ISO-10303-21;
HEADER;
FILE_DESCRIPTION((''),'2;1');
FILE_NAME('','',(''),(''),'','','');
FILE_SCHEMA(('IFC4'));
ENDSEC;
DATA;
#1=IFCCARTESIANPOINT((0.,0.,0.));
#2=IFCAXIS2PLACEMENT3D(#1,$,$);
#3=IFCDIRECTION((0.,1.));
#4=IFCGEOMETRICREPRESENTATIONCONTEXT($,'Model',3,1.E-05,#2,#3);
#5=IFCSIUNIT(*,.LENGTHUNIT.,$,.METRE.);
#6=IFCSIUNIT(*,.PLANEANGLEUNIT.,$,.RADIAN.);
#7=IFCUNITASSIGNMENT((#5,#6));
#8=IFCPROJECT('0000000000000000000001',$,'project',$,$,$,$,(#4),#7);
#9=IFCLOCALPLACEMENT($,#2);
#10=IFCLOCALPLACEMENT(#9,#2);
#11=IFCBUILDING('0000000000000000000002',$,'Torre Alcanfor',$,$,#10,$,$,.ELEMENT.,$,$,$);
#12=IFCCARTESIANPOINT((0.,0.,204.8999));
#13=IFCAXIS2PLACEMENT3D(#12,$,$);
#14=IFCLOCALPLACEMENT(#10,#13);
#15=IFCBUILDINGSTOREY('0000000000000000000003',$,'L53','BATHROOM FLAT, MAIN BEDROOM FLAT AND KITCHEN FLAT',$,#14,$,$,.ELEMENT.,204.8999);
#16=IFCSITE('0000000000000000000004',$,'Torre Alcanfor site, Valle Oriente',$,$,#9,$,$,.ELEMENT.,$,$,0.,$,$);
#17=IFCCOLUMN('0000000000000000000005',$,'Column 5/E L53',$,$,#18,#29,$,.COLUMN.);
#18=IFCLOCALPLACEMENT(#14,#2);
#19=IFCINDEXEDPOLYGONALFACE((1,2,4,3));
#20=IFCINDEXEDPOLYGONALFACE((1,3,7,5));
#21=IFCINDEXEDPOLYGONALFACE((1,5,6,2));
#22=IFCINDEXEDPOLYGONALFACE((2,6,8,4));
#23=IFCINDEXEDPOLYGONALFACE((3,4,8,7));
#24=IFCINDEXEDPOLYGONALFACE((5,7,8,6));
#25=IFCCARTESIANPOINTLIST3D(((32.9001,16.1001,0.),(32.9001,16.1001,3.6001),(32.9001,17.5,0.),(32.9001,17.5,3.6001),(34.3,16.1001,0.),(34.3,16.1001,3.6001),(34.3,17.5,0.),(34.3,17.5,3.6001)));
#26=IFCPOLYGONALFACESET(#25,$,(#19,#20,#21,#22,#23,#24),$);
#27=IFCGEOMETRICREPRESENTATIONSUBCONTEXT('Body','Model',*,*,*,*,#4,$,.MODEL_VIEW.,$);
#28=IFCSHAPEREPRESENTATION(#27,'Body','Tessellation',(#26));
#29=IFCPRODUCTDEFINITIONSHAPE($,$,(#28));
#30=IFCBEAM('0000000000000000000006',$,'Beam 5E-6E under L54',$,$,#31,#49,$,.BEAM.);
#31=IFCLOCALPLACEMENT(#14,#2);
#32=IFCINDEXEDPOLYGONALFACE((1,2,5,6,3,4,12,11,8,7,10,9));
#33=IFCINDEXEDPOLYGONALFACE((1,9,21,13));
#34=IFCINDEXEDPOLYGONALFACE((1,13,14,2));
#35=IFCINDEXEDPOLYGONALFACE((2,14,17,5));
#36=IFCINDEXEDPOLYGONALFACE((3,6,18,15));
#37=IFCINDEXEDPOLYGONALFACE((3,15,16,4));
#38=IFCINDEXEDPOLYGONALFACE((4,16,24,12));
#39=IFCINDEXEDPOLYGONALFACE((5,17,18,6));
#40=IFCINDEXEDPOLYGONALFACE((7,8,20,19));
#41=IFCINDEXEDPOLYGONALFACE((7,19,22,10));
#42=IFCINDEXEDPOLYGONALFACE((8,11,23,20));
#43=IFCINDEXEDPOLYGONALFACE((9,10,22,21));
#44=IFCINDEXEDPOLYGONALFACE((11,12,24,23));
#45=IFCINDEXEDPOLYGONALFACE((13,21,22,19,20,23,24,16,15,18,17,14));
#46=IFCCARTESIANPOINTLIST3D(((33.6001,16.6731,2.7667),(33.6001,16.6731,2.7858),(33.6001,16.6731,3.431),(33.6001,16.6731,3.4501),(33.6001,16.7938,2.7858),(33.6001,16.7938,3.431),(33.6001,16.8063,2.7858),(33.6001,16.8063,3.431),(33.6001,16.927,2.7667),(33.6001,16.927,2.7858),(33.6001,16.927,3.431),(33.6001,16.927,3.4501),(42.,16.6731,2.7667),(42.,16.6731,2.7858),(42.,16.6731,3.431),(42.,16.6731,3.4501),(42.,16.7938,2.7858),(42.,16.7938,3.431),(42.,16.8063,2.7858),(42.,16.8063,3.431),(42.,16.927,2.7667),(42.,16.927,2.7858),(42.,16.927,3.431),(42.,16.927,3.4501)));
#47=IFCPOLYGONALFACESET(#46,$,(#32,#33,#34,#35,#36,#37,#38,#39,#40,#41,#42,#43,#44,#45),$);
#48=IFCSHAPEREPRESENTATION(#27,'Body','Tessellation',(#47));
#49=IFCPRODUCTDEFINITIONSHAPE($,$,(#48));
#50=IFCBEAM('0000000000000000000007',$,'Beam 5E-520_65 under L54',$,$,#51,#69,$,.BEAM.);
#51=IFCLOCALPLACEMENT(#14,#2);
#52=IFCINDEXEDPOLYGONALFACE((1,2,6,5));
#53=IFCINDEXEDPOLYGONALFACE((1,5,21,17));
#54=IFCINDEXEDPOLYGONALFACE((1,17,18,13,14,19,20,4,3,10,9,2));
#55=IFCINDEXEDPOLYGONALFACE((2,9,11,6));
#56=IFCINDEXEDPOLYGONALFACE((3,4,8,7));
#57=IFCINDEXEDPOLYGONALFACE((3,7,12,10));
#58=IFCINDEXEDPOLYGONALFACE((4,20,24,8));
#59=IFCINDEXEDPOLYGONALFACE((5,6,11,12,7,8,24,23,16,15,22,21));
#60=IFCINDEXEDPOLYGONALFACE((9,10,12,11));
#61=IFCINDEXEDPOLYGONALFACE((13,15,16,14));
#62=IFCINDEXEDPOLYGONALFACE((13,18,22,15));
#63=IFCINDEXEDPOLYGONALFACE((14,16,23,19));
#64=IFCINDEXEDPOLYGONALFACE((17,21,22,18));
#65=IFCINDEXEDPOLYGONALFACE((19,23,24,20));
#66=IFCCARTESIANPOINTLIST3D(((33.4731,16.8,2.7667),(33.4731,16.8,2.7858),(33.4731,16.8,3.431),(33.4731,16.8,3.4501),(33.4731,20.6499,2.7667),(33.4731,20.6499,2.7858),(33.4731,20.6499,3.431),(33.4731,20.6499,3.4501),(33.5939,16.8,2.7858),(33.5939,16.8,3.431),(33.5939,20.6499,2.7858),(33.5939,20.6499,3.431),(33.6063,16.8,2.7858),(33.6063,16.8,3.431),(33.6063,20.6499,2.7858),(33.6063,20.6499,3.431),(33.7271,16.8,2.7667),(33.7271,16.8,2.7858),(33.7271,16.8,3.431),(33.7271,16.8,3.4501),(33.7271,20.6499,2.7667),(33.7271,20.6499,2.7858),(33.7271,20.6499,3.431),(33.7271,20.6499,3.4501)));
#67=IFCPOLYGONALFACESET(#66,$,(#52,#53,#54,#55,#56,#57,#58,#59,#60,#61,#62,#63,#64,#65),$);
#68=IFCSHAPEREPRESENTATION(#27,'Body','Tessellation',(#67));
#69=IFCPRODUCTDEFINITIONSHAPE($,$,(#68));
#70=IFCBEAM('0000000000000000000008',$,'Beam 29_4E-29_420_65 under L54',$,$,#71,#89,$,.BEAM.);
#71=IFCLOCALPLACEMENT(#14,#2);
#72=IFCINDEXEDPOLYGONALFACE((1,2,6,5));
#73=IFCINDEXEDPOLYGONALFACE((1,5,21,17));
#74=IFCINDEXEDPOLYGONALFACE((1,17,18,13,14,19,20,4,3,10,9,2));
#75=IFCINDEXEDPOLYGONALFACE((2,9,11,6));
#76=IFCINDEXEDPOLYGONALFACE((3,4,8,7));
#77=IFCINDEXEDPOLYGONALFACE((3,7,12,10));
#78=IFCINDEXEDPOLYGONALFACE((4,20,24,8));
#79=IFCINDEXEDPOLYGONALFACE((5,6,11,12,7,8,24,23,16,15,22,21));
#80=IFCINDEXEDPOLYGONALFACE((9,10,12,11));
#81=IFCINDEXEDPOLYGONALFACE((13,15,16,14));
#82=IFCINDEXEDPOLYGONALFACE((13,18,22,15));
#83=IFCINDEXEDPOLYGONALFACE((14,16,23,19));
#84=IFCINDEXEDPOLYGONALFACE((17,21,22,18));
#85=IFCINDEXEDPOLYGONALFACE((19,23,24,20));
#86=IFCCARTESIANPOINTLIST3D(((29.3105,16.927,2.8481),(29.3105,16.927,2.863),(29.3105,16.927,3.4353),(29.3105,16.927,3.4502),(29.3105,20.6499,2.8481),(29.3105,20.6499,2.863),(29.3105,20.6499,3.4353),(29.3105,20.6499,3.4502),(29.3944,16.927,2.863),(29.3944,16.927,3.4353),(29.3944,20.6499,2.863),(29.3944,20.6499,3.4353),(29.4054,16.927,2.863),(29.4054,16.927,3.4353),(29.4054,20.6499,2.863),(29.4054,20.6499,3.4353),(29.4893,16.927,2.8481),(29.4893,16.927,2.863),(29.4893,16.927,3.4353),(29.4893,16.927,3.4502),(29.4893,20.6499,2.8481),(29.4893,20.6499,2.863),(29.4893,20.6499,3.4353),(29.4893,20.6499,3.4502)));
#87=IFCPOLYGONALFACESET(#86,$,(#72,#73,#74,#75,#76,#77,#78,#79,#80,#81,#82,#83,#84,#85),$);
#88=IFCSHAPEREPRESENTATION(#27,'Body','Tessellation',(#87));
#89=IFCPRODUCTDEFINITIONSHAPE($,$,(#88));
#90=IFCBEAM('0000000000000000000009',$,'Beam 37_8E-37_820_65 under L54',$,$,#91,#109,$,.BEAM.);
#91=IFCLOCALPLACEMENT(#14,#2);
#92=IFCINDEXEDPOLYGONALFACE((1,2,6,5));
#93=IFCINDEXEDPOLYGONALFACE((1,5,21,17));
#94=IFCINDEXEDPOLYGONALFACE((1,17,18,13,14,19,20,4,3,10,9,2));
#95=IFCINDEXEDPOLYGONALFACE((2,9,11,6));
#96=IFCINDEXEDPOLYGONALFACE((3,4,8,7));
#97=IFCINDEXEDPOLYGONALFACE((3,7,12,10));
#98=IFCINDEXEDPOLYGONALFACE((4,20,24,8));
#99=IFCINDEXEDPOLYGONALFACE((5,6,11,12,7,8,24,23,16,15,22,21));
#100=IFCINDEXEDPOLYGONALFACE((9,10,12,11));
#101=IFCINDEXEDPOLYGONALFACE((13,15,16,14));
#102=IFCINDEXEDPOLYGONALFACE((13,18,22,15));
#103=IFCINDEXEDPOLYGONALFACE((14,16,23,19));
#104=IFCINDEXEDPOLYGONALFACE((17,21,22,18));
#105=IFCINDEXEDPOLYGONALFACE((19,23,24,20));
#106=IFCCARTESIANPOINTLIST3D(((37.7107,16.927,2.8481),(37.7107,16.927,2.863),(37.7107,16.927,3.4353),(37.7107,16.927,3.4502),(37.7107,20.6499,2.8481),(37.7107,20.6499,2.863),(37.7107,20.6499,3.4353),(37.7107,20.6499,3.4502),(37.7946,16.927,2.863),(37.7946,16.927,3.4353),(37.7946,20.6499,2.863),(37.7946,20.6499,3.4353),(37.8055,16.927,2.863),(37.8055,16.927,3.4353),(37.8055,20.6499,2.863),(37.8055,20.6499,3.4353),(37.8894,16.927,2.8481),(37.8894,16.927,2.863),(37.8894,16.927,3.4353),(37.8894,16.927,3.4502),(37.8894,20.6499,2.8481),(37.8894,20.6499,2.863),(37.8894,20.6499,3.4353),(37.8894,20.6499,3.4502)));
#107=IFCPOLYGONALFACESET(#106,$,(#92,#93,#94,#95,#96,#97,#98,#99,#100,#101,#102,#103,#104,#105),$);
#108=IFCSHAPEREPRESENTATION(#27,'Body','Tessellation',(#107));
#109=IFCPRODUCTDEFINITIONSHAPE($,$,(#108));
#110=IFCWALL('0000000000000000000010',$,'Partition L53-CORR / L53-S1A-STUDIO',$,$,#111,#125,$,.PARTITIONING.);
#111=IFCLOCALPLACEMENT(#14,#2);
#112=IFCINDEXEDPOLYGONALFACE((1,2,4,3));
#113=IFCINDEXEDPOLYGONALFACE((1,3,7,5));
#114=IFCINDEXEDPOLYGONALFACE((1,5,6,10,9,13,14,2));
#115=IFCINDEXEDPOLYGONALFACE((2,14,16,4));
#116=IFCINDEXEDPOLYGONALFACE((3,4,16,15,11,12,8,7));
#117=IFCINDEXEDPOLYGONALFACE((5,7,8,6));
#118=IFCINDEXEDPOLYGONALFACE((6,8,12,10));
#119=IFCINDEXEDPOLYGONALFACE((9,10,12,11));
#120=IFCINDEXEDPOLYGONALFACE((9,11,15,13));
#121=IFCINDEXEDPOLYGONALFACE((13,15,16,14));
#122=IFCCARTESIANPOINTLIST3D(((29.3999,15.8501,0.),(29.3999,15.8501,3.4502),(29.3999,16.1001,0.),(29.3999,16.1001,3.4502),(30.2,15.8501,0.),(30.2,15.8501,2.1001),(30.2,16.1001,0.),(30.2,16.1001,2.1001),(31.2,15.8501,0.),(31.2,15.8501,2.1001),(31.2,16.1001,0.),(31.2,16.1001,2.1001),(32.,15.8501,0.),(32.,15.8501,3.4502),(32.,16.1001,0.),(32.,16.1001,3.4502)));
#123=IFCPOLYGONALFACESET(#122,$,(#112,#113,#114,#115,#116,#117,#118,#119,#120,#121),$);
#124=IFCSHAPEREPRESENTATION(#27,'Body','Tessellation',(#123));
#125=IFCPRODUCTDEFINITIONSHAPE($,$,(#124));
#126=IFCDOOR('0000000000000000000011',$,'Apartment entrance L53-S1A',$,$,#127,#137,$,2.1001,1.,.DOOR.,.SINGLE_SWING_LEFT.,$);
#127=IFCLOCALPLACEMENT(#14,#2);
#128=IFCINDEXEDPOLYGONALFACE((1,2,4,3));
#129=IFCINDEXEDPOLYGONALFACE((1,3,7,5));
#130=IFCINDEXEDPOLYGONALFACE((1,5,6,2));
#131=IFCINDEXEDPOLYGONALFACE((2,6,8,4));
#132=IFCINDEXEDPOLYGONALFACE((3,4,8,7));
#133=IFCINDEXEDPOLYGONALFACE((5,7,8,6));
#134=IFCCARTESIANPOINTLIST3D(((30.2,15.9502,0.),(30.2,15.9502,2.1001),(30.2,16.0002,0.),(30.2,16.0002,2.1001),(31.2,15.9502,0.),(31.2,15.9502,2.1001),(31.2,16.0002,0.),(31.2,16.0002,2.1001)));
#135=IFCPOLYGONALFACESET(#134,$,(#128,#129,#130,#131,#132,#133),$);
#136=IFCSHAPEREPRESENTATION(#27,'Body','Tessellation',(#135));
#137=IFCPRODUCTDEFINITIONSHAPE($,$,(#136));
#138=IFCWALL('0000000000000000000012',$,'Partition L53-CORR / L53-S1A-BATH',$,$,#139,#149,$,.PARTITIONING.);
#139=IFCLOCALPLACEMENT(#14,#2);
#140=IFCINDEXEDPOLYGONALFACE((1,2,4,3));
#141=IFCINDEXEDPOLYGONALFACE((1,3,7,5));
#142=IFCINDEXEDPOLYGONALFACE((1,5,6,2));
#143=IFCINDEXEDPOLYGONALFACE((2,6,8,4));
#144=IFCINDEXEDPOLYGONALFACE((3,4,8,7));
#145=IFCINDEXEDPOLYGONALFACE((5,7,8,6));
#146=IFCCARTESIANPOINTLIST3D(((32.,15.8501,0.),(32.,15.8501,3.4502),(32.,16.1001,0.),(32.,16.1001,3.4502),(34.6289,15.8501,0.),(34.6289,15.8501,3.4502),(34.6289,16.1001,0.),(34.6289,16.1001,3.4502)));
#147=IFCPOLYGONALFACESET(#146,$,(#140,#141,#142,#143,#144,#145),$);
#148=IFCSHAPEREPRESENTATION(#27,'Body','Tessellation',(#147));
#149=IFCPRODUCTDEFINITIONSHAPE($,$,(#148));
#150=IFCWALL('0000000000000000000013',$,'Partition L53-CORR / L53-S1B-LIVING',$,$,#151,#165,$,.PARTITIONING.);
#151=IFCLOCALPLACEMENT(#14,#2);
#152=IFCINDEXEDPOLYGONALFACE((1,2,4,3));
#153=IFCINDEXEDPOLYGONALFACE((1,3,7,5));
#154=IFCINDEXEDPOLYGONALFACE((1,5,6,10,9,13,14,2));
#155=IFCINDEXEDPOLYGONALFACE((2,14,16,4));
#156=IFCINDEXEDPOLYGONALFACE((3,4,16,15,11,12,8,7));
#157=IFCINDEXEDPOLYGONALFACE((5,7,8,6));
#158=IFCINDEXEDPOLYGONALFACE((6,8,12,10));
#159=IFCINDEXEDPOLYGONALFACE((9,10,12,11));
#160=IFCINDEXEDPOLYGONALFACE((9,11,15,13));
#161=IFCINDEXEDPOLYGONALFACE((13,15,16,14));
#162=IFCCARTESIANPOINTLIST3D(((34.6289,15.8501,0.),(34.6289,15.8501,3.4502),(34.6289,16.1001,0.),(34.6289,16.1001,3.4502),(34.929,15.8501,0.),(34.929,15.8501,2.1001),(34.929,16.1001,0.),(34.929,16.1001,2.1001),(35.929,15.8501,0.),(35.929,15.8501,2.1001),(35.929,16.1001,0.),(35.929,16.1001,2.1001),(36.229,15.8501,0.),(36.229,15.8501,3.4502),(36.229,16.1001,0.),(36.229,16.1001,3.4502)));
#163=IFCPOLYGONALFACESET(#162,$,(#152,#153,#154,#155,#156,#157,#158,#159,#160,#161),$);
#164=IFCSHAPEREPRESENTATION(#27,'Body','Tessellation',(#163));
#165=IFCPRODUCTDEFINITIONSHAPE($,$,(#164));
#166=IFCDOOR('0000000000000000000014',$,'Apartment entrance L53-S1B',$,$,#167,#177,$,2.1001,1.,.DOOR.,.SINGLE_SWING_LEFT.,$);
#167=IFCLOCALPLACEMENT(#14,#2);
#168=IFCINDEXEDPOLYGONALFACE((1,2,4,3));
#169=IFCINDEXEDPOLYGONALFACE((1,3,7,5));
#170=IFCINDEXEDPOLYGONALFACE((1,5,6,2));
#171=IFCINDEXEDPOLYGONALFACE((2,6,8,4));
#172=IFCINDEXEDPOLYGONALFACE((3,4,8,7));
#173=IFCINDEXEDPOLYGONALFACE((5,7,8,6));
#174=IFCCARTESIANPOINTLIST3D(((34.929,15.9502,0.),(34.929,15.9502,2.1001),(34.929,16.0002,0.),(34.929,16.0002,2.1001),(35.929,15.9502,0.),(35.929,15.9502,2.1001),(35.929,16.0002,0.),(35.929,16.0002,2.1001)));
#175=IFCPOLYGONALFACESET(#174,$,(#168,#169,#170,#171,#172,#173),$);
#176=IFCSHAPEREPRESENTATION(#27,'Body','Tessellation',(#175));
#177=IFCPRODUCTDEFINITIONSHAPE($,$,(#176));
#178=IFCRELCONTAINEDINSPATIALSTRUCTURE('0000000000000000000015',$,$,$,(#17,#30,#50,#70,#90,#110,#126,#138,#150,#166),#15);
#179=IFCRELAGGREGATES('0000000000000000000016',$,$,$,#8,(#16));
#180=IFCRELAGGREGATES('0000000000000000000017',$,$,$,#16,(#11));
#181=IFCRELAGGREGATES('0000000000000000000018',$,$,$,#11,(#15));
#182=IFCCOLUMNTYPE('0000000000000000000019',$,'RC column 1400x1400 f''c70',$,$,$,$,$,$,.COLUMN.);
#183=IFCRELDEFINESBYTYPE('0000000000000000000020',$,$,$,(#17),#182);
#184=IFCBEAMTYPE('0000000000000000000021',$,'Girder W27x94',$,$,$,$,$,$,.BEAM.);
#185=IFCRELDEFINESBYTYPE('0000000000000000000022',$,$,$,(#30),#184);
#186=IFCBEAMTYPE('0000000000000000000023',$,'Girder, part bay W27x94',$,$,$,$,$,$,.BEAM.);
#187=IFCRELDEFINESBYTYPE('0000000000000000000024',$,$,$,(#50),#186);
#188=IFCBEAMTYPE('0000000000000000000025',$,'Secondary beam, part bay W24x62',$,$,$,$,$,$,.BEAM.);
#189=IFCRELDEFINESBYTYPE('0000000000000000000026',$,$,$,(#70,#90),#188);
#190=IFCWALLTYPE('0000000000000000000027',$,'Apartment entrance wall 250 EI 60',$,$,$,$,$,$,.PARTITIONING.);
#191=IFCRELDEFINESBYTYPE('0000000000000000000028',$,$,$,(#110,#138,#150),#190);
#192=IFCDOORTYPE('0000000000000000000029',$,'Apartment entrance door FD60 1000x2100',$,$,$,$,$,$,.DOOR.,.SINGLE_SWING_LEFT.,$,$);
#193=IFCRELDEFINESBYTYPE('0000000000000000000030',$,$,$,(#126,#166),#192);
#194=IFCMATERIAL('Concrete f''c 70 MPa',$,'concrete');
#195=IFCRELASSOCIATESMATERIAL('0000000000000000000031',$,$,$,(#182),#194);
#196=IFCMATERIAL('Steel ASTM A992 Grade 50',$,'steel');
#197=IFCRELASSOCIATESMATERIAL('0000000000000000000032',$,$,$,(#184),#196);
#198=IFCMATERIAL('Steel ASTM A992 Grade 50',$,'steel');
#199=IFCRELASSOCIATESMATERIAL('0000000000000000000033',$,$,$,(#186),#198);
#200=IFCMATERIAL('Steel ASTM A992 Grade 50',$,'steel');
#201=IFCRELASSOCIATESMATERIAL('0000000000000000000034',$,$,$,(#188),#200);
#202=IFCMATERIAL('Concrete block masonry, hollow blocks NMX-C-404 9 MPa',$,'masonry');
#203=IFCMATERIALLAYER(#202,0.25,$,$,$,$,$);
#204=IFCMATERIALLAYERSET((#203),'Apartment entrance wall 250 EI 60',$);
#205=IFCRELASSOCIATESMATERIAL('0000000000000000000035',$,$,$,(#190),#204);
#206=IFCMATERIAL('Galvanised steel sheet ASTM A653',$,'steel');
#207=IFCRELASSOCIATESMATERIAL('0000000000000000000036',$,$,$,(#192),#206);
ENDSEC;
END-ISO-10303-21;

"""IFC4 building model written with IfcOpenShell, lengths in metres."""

from ifc_helpers import new_model, si_unit, direction, frame, frame_2d, origin, origin_2d, place, context, subcontext, project, spatial, rectangle, i_section, extrude, material, layer, layer_set, material_profile, profile_set, type_object, element, fill, save


model = new_model("IFC4")

# Units and contexts
model_context = context("Model", 3, precision=1e-05, world=origin(), true_north=direction((0.0, 1.0)))
body_context = subcontext(model_context, "Body", "Model", "MODEL_VIEW")
ifc_project = project(units=[si_unit("LENGTHUNIT", "METRE"), si_unit("PLANEANGLEUNIT", "RADIAN")], contexts=[model_context])

# Site, building, storey
site_placement = place(None, origin())
site = spatial("IfcSite", under=ifc_project, at=site_placement, Name="Torre Alcanfor site, Valle Oriente", CompositionType="ELEMENT", RefElevation=0.0)
building_placement = place(site_placement, origin())
building = spatial("IfcBuilding", under=site, at=building_placement, Name="Torre Alcanfor", CompositionType="ELEMENT")
storey_placement = place(building_placement, frame((0.0, 0.0, 204.8999)))
storey = spatial("IfcBuildingStorey", under=building, at=storey_placement, Name="L53", Description="BATHROOM FLAT, MAIN BEDROOM FLAT AND KITCHEN FLAT", CompositionType="ELEMENT", Elevation=204.8999)

# Column
ifc_material_1 = material(Name="Concrete f'c 70 MPa", Category="concrete")
ifc_material_profile_1 = material_profile(ifc_material_1, rectangle(XDim=1.3999, YDim=1.3999, at=origin_2d()), Name="1400x1400")
ifc_profile_set_1 = profile_set([ifc_material_profile_1], Name="Concrete f'c 70 MPa")
column_type = type_object("IfcColumnType", Name="RC column 1400x1400 f'c70", PredefinedType="COLUMN", material=ifc_profile_set_1)
column_placement = place(storey_placement, frame((33.6001, 16.8, 0.0), z_axis=(0.0, 0.0, 1.0), x_axis=(1.0, 0.0, 0.0)))
element("IfcColumn", 1, at=column_placement, inside=storey, type_object=column_type, Name="Column 5/E L53", PredefinedType="COLUMN", context=body_context, shape_type="SweptSolid", body=[
    extrude(rectangle(XDim=1.3999, YDim=1.3999, at=origin_2d()), origin(), (0.0, 0.0, 1.0), 3.6001),
])

# Beams
ifc_material_2 = material(Name="Steel ASTM A992 Grade 50", Category="steel")
ifc_material_profile_2 = material_profile(ifc_material_2, i_section(OverallWidth=0.2539, OverallDepth=0.6833, WebThickness=0.0125, FlangeThickness=0.019, at=origin_2d()), Name="W27x94")
ifc_profile_set_2 = profile_set([ifc_material_profile_2], Name="Steel ASTM A992 Grade 50")
beam_type_1 = type_object("IfcBeamType", Name="Girder W27x94", PredefinedType="BEAM", material=ifc_profile_set_2)
beam_1_placement = place(storey_placement, frame((33.6001, 16.8, 3.1084), z_axis=(1.0, 0.0, 0.0), x_axis=(0.0, 1.0, 0.0)))
element("IfcBeam", 2, at=beam_1_placement, inside=storey, type_object=beam_type_1, Name="Beam 5E-6E under L54", PredefinedType="BEAM", context=body_context, shape_type="SweptSolid", body=[
    extrude(i_section(OverallWidth=0.2539, OverallDepth=0.6833, WebThickness=0.0125, FlangeThickness=0.019, at=origin_2d()), origin(), (0.0, 0.0, 1.0), 8.3999),
])
ifc_material_3 = material(Name="Steel ASTM A992 Grade 50", Category="steel")
ifc_material_profile_3 = material_profile(ifc_material_3, i_section(OverallWidth=0.2539, OverallDepth=0.6833, WebThickness=0.0125, FlangeThickness=0.019, at=origin_2d()), Name="W27x94")
ifc_profile_set_3 = profile_set([ifc_material_profile_3], Name="Steel ASTM A992 Grade 50")
beam_type_2 = type_object("IfcBeamType", Name="Girder, part bay W27x94", PredefinedType="BEAM", material=ifc_profile_set_3)
beam_2_placement = place(storey_placement, frame((33.6001, 16.8, 3.1084), z_axis=(0.0, 1.0, 0.0), x_axis=(-1.0, 0.0, 0.0)))
element("IfcBeam", 3, at=beam_2_placement, inside=storey, type_object=beam_type_2, Name="Beam 5E-520_65 under L54", PredefinedType="BEAM", context=body_context, shape_type="SweptSolid", body=[
    extrude(i_section(OverallWidth=0.2539, OverallDepth=0.6833, WebThickness=0.0125, FlangeThickness=0.019, at=origin_2d()), origin(), (0.0, 0.0, 1.0), 3.8499),
])
ifc_material_4 = material(Name="Steel ASTM A992 Grade 50", Category="steel")
ifc_material_profile_4 = material_profile(ifc_material_4, i_section(OverallWidth=0.1787, OverallDepth=0.6021, WebThickness=0.011, FlangeThickness=0.0149, at=origin_2d()), Name="W24x62")
ifc_profile_set_4 = profile_set([ifc_material_profile_4], Name="Steel ASTM A992 Grade 50")
beam_type_3 = type_object("IfcBeamType", Name="Secondary beam, part bay W24x62", PredefinedType="BEAM", material=ifc_profile_set_4)
for number, where, z_axis, x_axis, name in (
    (4, (29.3999, 16.927, 3.1492), (0.0, 1.0, 0.0), (-1.0, 0.0, 0.0), "Beam 29_4E-29_420_65 under L54"),
    (5, (37.8, 16.927, 3.1492), (0.0, 1.0, 0.0), (-1.0, 0.0, 0.0), "Beam 37_8E-37_820_65 under L54"),
):
    element("IfcBeam", number, at=place(storey_placement, frame(where, z_axis=z_axis, x_axis=x_axis)), inside=storey, type_object=beam_type_3, Name=name, PredefinedType="BEAM", context=body_context, shape_type="SweptSolid", body=[
        extrude(i_section(OverallWidth=0.1787, OverallDepth=0.6021, WebThickness=0.011, FlangeThickness=0.0149, at=origin_2d()), origin(), (0.0, 0.0, 1.0), 3.7229),
    ])

# Wall, opening, door
ifc_material_5 = material(Name="Concrete block masonry, hollow blocks NMX-C-404 9 MPa", Category="masonry")
ifc_layer_1 = layer(ifc_material_5, 0.25)
ifc_layer_set_1 = layer_set([ifc_layer_1], Name="Apartment entrance wall 250 EI 60")
wall_type_1 = type_object("IfcWallType", Name="Apartment entrance wall 250 EI 60", PredefinedType="PARTITIONING", material=ifc_layer_set_1)
wall_1_placement = place(storey_placement, frame((32.0, 15.9751, 0.0), z_axis=(0.0, 0.0, 1.0), x_axis=(-1.0, 0.0, 0.0)))
wall_1 = element("IfcWall", 6, at=wall_1_placement, inside=storey, type_object=wall_type_1, Name="Partition L53-CORR / L53-S1A-STUDIO", PredefinedType="PARTITIONING", context=body_context, shape_type="SweptSolid", body=[
    extrude(rectangle(XDim=2.6001, YDim=0.25, at=frame_2d((1.3, 0.0))), origin(), (0.0, 0.0, 1.0), 3.4502),
])
opening_1_placement = place(wall_1_placement, frame((0.8, 0.0, 0.0)))
opening_1 = element("IfcOpeningElement", 7, at=opening_1_placement, cuts=wall_1, PredefinedType="OPENING", context=body_context, shape_type="SweptSolid", body=[
    extrude(rectangle(XDim=1.0, YDim=2.1001, at=frame_2d((0.5, 1.05))), frame((0.0, 0.135, 0.0), z_axis=(0.0, -1.0, 0.0), x_axis=(1.0, 0.0, 0.0)), (0.0, 0.0, 1.0), 0.27),
])
ifc_material_6 = material(Name="Galvanised steel sheet ASTM A653", Category="steel")
door_type_1 = type_object("IfcDoorType", Name="Apartment entrance door FD60 1000x2100", OperationType="SINGLE_SWING_LEFT", PredefinedType="DOOR", material=ifc_material_6)
door_1_placement = place(opening_1_placement, origin())
door_1 = element("IfcDoor", 8, at=door_1_placement, inside=storey, type_object=door_type_1, Name="Apartment entrance L53-S1A", OperationType="SINGLE_SWING_LEFT", OverallHeight=2.1001, OverallWidth=1.0, PredefinedType="DOOR", context=body_context, shape_type="SweptSolid", body=[
    extrude(rectangle(XDim=1.0, YDim=2.1001, at=frame_2d((0.5, 1.05))), frame((0.0, 0.0249, 0.0), z_axis=(0.0, -1.0, 0.0), x_axis=(1.0, 0.0, 0.0)), (0.0, 0.0, 1.0), 0.05),
])
fill(opening_1, door_1)

# Wall
wall_2_placement = place(storey_placement, frame((34.6289, 15.9751, 0.0), z_axis=(0.0, 0.0, 1.0), x_axis=(-1.0, 0.0, 0.0)))
element("IfcWall", 9, at=wall_2_placement, inside=storey, type_object=wall_type_1, Name="Partition L53-CORR / L53-S1A-BATH", PredefinedType="PARTITIONING", context=body_context, shape_type="SweptSolid", body=[
    extrude(rectangle(XDim=2.6289, YDim=0.25, at=frame_2d((1.3145, 0.0))), origin(), (0.0, 0.0, 1.0), 3.4502),
])

# Wall, opening, door
wall_3_placement = place(storey_placement, frame((36.229, 15.9751, 0.0), z_axis=(0.0, 0.0, 1.0), x_axis=(-1.0, 0.0, 0.0)))
wall_3 = element("IfcWall", 10, at=wall_3_placement, inside=storey, type_object=wall_type_1, Name="Partition L53-CORR / L53-S1B-LIVING", PredefinedType="PARTITIONING", context=body_context, shape_type="SweptSolid", body=[
    extrude(rectangle(XDim=1.6001, YDim=0.25, at=frame_2d((0.8, 0.0))), origin(), (0.0, 0.0, 1.0), 3.4502),
])
opening_2_placement = place(wall_3_placement, frame((0.3, 0.0, 0.0)))
opening_2 = element("IfcOpeningElement", 11, at=opening_2_placement, cuts=wall_3, PredefinedType="OPENING", context=body_context, shape_type="SweptSolid", body=[
    extrude(rectangle(XDim=1.0, YDim=2.1001, at=frame_2d((0.5, 1.05))), frame((0.0, 0.135, 0.0), z_axis=(0.0, -1.0, 0.0), x_axis=(1.0, 0.0, 0.0)), (0.0, 0.0, 1.0), 0.27),
])
door_2_placement = place(opening_2_placement, origin())
door_2 = element("IfcDoor", 12, at=door_2_placement, inside=storey, type_object=door_type_1, Name="Apartment entrance L53-S1B", OperationType="SINGLE_SWING_LEFT", OverallHeight=2.1001, OverallWidth=1.0, PredefinedType="DOOR", context=body_context, shape_type="SweptSolid", body=[
    extrude(rectangle(XDim=1.0, YDim=2.1001, at=frame_2d((0.5, 1.05))), frame((0.0, 0.0249, 0.0), z_axis=(0.0, -1.0, 0.0), x_axis=(1.0, 0.0, 0.0)), (0.0, 0.0, 1.0), 0.05),
])
fill(opening_2, door_2)

save(model, "model.ifc")
